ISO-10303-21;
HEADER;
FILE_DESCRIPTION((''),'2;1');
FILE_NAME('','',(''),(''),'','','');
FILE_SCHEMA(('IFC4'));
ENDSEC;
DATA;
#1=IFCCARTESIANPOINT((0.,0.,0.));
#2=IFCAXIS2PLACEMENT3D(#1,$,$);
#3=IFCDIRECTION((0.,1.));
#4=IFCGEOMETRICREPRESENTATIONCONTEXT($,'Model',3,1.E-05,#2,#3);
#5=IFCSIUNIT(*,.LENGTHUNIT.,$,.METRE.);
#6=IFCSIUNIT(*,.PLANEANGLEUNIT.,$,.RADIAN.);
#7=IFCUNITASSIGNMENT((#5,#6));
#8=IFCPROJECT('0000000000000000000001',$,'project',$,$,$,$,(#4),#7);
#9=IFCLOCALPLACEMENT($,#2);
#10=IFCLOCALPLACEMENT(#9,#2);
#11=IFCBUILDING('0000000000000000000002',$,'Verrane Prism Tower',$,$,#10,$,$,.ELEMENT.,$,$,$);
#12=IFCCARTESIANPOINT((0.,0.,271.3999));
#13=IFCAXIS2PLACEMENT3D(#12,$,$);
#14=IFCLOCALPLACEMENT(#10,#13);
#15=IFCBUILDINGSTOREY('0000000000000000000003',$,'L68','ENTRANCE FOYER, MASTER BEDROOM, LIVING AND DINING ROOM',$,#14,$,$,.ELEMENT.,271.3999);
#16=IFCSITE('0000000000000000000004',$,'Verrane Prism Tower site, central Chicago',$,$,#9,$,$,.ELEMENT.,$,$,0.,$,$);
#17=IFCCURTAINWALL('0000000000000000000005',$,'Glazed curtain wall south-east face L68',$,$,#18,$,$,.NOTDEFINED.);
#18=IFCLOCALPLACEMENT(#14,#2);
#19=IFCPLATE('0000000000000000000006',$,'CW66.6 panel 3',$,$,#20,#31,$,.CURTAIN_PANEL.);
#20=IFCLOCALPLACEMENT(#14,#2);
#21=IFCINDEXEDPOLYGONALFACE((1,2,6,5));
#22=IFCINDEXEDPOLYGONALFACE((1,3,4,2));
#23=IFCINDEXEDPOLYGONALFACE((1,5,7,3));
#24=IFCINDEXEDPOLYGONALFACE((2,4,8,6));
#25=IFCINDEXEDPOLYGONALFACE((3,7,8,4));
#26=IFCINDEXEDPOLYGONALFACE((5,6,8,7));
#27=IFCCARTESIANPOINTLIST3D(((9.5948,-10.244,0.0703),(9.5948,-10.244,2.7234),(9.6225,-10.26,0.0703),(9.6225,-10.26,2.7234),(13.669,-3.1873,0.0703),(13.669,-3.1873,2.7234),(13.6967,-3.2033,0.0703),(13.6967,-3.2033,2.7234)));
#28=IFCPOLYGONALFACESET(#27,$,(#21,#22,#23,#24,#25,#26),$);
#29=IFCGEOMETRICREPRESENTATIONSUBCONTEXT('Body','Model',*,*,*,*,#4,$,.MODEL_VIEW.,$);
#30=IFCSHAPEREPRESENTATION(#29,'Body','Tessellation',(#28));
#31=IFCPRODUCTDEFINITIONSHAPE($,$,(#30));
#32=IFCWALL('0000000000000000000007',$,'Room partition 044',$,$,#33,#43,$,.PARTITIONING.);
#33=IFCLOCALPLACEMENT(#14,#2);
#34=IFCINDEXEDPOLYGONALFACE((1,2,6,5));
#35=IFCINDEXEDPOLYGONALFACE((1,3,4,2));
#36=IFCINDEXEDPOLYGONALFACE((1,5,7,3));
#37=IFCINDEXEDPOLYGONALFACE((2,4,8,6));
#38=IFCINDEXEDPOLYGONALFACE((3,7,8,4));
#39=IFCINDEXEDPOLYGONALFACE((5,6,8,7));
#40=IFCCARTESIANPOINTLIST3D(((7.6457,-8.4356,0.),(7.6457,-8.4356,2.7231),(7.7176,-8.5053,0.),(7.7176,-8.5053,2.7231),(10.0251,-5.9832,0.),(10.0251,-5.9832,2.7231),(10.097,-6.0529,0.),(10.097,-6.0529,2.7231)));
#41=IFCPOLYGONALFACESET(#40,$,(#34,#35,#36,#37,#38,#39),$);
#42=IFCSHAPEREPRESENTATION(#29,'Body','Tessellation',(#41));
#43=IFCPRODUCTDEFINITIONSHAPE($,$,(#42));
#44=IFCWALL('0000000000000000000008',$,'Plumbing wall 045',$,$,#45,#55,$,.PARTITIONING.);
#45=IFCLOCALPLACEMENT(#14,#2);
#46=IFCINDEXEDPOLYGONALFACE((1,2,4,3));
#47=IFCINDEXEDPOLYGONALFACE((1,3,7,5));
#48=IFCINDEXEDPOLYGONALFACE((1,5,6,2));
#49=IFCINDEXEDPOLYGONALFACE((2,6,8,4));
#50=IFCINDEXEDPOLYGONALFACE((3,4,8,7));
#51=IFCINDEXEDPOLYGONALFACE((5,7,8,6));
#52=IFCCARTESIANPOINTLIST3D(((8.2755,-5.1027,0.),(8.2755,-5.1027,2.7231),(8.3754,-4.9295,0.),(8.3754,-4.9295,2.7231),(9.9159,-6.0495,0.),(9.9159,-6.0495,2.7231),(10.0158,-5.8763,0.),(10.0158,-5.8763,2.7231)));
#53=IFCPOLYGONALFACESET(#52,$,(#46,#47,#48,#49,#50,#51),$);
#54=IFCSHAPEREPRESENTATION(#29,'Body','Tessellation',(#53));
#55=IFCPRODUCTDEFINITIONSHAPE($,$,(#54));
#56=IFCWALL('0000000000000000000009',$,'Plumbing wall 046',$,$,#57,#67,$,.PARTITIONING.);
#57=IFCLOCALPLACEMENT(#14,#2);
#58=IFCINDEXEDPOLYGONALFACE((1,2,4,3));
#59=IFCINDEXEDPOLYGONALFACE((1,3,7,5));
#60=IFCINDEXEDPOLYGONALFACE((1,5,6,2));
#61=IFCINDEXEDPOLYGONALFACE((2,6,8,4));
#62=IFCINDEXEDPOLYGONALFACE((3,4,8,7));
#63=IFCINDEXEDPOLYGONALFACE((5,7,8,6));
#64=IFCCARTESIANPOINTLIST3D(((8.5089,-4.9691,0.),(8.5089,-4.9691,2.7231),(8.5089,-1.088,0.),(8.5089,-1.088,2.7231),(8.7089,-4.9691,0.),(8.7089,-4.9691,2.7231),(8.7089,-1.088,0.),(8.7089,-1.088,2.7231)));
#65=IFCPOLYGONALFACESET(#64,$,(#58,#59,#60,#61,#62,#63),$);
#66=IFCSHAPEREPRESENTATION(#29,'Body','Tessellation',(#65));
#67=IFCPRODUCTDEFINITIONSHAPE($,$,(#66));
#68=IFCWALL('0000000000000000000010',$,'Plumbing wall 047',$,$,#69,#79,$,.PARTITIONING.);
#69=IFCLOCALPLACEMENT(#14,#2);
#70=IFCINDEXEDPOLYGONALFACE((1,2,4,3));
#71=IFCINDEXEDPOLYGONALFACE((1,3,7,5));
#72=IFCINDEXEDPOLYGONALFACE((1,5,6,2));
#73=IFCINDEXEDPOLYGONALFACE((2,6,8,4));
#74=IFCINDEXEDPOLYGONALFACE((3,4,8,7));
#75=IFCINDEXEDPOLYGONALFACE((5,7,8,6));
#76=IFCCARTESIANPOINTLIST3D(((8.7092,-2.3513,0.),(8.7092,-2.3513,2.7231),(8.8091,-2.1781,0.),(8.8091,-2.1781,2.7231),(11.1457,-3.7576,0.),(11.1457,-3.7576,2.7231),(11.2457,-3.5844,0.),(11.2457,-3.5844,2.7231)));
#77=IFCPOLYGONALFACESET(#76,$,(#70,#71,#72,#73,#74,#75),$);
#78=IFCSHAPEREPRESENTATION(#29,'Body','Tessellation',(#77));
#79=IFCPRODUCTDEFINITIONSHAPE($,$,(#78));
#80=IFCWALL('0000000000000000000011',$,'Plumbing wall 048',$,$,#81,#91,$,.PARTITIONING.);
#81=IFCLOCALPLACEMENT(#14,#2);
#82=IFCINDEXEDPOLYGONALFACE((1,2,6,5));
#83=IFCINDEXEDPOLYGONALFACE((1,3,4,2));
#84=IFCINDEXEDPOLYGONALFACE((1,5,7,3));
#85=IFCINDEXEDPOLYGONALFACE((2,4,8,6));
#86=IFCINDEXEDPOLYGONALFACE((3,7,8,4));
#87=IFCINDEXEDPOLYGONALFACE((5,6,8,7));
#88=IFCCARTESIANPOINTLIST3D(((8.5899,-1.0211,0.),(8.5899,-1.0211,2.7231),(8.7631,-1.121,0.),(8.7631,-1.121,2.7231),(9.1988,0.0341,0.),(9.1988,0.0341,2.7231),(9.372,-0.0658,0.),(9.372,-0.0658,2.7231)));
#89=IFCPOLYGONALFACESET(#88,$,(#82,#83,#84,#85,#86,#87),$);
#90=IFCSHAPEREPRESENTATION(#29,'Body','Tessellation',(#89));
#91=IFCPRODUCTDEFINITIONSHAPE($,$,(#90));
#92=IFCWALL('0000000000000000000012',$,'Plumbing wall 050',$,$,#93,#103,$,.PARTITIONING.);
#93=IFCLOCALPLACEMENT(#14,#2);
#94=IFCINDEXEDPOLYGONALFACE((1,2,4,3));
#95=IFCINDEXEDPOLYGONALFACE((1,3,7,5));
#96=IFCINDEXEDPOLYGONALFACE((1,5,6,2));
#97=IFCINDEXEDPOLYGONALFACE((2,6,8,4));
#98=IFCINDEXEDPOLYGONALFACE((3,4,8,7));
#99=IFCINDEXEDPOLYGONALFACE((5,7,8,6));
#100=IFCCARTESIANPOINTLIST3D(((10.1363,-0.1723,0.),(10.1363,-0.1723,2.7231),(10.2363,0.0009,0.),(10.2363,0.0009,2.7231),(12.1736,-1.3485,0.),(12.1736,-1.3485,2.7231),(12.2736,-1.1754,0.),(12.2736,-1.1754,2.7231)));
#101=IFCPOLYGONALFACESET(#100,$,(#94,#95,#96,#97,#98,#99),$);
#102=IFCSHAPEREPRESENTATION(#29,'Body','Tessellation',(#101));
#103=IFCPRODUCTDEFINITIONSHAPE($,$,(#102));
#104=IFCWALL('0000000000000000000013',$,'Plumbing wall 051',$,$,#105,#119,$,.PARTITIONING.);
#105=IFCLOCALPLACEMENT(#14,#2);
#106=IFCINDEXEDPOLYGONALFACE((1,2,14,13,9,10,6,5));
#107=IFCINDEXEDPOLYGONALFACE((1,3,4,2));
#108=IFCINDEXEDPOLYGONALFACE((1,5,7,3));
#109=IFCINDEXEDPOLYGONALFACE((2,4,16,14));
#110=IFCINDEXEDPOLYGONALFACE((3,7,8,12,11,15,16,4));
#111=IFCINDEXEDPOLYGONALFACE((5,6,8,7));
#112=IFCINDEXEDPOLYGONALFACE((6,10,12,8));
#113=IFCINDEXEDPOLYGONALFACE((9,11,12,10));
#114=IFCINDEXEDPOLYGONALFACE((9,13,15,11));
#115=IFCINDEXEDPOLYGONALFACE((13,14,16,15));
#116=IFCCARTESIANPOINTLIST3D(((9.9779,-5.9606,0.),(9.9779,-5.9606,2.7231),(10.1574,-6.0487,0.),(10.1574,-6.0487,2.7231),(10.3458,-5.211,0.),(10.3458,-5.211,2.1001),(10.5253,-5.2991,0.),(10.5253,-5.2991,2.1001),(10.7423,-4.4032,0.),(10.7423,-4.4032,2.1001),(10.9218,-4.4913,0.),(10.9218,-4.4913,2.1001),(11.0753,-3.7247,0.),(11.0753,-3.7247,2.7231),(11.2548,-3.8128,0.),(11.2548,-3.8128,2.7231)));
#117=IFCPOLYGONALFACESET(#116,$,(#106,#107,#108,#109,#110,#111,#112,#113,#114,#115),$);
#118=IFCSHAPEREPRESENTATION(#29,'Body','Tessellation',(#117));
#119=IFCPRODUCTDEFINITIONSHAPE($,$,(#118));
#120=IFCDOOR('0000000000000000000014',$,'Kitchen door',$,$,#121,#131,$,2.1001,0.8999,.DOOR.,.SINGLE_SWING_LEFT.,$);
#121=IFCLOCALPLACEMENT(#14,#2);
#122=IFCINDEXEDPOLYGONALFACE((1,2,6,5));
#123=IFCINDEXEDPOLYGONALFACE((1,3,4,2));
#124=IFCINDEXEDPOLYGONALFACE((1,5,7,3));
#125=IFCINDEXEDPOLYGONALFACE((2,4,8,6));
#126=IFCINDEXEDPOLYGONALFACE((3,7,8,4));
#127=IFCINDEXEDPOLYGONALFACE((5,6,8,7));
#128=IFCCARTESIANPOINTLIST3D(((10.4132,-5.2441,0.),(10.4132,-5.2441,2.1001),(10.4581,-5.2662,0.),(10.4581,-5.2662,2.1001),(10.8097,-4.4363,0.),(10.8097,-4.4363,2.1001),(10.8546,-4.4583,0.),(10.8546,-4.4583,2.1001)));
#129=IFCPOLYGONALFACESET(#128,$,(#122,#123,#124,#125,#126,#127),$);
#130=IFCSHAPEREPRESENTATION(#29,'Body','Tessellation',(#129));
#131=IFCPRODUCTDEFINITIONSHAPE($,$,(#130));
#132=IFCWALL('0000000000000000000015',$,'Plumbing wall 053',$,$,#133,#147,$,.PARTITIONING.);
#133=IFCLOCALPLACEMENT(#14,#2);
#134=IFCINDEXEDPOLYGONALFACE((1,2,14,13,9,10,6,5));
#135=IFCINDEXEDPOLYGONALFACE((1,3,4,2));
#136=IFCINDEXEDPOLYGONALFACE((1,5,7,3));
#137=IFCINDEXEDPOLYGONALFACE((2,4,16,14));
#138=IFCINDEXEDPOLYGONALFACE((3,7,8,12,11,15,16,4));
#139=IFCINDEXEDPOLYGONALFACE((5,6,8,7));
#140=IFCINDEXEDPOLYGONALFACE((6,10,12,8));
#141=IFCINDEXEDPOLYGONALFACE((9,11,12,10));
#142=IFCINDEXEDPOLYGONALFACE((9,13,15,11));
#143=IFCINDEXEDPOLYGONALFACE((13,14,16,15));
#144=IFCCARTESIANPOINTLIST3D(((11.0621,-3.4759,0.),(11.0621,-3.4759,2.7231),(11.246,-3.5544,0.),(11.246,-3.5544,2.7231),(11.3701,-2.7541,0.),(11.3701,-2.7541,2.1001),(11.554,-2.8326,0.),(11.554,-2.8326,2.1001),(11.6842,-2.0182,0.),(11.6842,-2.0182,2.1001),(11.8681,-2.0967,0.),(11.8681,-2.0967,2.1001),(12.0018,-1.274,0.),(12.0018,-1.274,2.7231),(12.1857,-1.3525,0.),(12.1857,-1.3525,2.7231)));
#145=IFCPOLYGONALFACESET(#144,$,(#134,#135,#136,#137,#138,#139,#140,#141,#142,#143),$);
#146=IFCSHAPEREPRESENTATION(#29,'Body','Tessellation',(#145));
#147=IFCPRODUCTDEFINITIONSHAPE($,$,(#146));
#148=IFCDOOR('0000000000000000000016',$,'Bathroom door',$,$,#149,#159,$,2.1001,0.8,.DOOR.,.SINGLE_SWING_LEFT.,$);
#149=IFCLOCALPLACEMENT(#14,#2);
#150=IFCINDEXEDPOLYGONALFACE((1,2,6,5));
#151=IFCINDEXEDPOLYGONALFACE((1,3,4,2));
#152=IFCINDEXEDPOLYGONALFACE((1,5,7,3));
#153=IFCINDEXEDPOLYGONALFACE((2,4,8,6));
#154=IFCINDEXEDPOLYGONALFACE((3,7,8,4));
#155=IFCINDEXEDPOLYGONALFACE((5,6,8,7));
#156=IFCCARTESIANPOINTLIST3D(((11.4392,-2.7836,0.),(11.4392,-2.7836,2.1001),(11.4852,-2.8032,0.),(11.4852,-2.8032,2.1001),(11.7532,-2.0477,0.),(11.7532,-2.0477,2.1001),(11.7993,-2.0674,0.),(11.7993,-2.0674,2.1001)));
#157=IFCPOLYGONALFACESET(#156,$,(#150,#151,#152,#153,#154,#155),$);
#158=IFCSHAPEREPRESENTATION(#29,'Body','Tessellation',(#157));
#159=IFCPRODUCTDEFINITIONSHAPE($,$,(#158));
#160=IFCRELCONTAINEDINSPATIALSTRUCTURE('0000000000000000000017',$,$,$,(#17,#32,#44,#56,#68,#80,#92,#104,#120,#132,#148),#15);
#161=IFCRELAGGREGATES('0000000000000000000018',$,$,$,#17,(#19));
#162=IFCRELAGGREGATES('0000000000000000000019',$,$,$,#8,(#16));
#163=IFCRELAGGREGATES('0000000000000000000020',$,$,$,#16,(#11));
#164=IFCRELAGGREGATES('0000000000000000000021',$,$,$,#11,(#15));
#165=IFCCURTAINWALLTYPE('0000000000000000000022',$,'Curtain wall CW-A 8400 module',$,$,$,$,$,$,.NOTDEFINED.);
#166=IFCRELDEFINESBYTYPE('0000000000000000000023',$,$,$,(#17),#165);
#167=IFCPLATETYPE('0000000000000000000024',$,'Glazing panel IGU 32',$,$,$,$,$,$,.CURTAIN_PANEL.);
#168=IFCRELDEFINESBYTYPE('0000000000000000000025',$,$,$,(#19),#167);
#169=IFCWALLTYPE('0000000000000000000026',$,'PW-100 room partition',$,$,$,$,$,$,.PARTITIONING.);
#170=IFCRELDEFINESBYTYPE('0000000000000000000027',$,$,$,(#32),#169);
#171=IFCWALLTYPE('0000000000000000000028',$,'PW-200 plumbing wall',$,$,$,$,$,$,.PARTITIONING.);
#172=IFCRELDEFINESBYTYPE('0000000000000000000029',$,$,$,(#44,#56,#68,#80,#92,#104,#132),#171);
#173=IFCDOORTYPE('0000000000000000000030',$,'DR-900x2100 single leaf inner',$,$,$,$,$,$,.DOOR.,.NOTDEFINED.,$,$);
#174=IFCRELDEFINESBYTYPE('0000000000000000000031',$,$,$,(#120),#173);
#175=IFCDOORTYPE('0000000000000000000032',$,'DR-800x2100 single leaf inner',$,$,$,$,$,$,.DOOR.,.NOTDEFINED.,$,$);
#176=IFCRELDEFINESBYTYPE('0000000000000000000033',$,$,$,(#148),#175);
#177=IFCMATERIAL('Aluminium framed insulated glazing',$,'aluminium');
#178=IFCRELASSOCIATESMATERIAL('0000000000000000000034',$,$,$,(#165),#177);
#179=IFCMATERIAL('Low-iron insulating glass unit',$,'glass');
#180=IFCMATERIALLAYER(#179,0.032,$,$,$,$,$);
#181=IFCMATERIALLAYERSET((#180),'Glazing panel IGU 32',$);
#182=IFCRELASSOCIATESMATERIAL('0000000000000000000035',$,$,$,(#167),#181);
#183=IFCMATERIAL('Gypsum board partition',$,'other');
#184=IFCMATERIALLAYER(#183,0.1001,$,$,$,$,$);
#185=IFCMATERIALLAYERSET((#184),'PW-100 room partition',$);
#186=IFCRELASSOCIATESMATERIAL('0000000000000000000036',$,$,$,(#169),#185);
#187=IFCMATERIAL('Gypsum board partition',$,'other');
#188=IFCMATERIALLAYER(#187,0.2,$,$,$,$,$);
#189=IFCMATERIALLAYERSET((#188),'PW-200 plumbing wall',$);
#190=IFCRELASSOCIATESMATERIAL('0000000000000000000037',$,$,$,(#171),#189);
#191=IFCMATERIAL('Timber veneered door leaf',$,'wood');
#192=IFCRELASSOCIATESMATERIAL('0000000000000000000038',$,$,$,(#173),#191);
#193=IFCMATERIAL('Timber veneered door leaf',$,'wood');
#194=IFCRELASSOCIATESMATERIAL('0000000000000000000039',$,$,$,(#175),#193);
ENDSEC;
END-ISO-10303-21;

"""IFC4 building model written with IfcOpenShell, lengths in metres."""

from ifc_helpers import new_model, si_unit, direction, frame, frame_2d, origin, origin_2d, place, context, subcontext, project, spatial, rectangle, extrude, material, layer, layer_set, type_object, element, fill, aggregate, save


model = new_model("IFC4")

# Units and contexts
model_context = context("Model", 3, precision=1e-05, world=origin(), true_north=direction((0.0, 1.0)))
body_context = subcontext(model_context, "Body", "Model", "MODEL_VIEW")
ifc_project = project(units=[si_unit("LENGTHUNIT", "METRE"), si_unit("PLANEANGLEUNIT", "RADIAN")], contexts=[model_context])

# Site, building, storey
site_placement = place(None, origin())
site = spatial("IfcSite", under=ifc_project, at=site_placement, Name="Verrane Prism Tower site, central Chicago", CompositionType="ELEMENT", RefElevation=0.0)
building_placement = place(site_placement, origin())
building = spatial("IfcBuilding", under=site, at=building_placement, Name="Verrane Prism Tower", CompositionType="ELEMENT")
storey_placement = place(building_placement, frame((0.0, 0.0, 271.3999)))
storey = spatial("IfcBuildingStorey", under=building, at=storey_placement, Name="L68", Description="ENTRANCE FOYER, MASTER BEDROOM, LIVING AND DINING ROOM", CompositionType="ELEMENT", Elevation=271.3999)

# Curtain wall
ifc_material_1 = material(Name="Aluminium framed insulated glazing", Category="aluminium")
curtain_wall_type = type_object("IfcCurtainWallType", Name="Curtain wall CW-A 8400 module", PredefinedType="NOTDEFINED", material=ifc_material_1)
curtain_wall_placement = place(storey_placement, origin())
curtain_wall = element("IfcCurtainWall", 1, at=curtain_wall_placement, inside=storey, type_object=curtain_wall_type, Name="Glazed curtain wall south-east face L68", PredefinedType="NOTDEFINED")

# Plate
ifc_material_2 = material(Name="Low-iron insulating glass unit", Category="glass")
ifc_layer_1 = layer(ifc_material_2, 0.032)
ifc_layer_set_1 = layer_set([ifc_layer_1], Name="Glazing panel IGU 32")
plate_type = type_object("IfcPlateType", Name="Glazing panel IGU 32", PredefinedType="CURTAIN_PANEL", material=ifc_layer_set_1)
plate_placement = place(storey_placement, frame((11.6458, -6.7236, 0.0703), z_axis=(0.0, 0.0, 1.0), x_axis=(0.500001, 0.866025, 0.0)))
plate = element("IfcPlate", 2, at=plate_placement, type_object=plate_type, Name="CW66.6 panel 3", PredefinedType="CURTAIN_PANEL", context=body_context, shape_type="SweptSolid", body=[
    extrude(rectangle(XDim=8.1484, YDim=0.032, at=origin_2d()), origin(), (0.0, 0.0, 1.0), 2.6531),
])
aggregate(curtain_wall, [plate])

# Walls
ifc_material_3 = material(Name="Gypsum board partition", Category="other")
ifc_layer_2 = layer(ifc_material_3, 0.1001)
ifc_layer_set_2 = layer_set([ifc_layer_2], Name="PW-100 room partition")
wall_type_1 = type_object("IfcWallType", Name="PW-100 room partition", PredefinedType="PARTITIONING", material=ifc_layer_set_2)
wall_1_placement = place(storey_placement, frame((7.6816, -8.4705, 0.0), z_axis=(0.0, 0.0, 1.0), x_axis=(0.696344, 0.717708, 0.0)))
element("IfcWall", 3, at=wall_1_placement, inside=storey, type_object=wall_type_1, Name="Room partition 044", PredefinedType="PARTITIONING", context=body_context, shape_type="SweptSolid", body=[
    extrude(rectangle(XDim=3.417, YDim=0.1001, at=frame_2d((1.7085, 0.0))), origin(), (0.0, 0.0, 1.0), 2.7231),
])
ifc_material_4 = material(Name="Gypsum board partition", Category="other")
ifc_layer_3 = layer(ifc_material_4, 0.2)
ifc_layer_set_3 = layer_set([ifc_layer_3], Name="PW-200 plumbing wall")
wall_type_2 = type_object("IfcWallType", Name="PW-200 plumbing wall", PredefinedType="PARTITIONING", material=ifc_layer_set_3)
wall_2_placement = place(storey_placement, frame((8.3254, -5.0161, 0.0), z_axis=(0.0, 0.0, 1.0), x_axis=(0.866093, -0.499882, 0.0)))
element("IfcWall", 4, at=wall_2_placement, inside=storey, type_object=wall_type_2, Name="Plumbing wall 045", PredefinedType="PARTITIONING", context=body_context, shape_type="SweptSolid", body=[
    extrude(rectangle(XDim=1.894, YDim=0.2, at=frame_2d((0.947, 0.0))), origin(), (0.0, 0.0, 1.0), 2.7231),
])
wall_3_placement = place(storey_placement, frame((8.6089, -4.969, 0.0), z_axis=(0.0, 0.0, 1.0), x_axis=(0.0, 1.0, 0.0)))
element("IfcWall", 5, at=wall_3_placement, inside=storey, type_object=wall_type_2, Name="Plumbing wall 046", PredefinedType="PARTITIONING", context=body_context, shape_type="SweptSolid", body=[
    extrude(rectangle(XDim=3.8811, YDim=0.2, at=frame_2d((1.9404, 0.0))), origin(), (0.0, 0.0, 1.0), 2.7231),
])
wall_4_placement = place(storey_placement, frame((8.759, -2.2646, 0.0), z_axis=(0.0, 0.0, 1.0), x_axis=(0.866099, -0.499873, 0.0)))
element("IfcWall", 6, at=wall_4_placement, inside=storey, type_object=wall_type_2, Name="Plumbing wall 047", PredefinedType="PARTITIONING", context=body_context, shape_type="SweptSolid", body=[
    extrude(rectangle(XDim=2.8132, YDim=0.2, at=frame_2d((1.4067, 0.0))), origin(), (0.0, 0.0, 1.0), 2.7231),
])
wall_5_placement = place(storey_placement, frame((8.6765, -1.071, 0.0), z_axis=(0.0, 0.0, 1.0), x_axis=(0.499803, 0.866139, 0.0)))
element("IfcWall", 7, at=wall_5_placement, inside=storey, type_object=wall_type_2, Name="Plumbing wall 048", PredefinedType="PARTITIONING", context=body_context, shape_type="SweptSolid", body=[
    extrude(rectangle(XDim=1.2183, YDim=0.2, at=frame_2d((0.6091, 0.0))), origin(), (0.0, 0.0, 1.0), 2.7231),
])
wall_6_placement = place(storey_placement, frame((10.1863, -0.0857, 0.0), z_axis=(0.0, 0.0, 1.0), x_axis=(0.866025, -0.500001, 0.0)))
element("IfcWall", 8, at=wall_6_placement, inside=storey, type_object=wall_type_2, Name="Plumbing wall 050", PredefinedType="PARTITIONING", context=body_context, shape_type="SweptSolid", body=[
    extrude(rectangle(XDim=2.3525, YDim=0.2, at=frame_2d((1.1763, 0.0))), origin(), (0.0, 0.0, 1.0), 2.7231),
])

# Walls, openings, doors
wall_7_placement = place(storey_placement, frame((10.0676, -6.0046, 0.0), z_axis=(0.0, 0.0, 1.0), x_axis=(0.440614, 0.897697, 0.0)))
wall_7 = element("IfcWall", 9, at=wall_7_placement, inside=storey, type_object=wall_type_2, Name="Plumbing wall 051", PredefinedType="PARTITIONING", context=body_context, shape_type="SweptSolid", body=[
    extrude(rectangle(XDim=2.4907, YDim=0.2, at=frame_2d((1.2454, 0.0))), origin(), (0.0, 0.0, 1.0), 2.7231),
])
opening_1_placement = place(wall_7_placement, frame((0.835, 0.0, 0.0)))
opening_1 = element("IfcOpeningElement", 10, at=opening_1_placement, cuts=wall_7, PredefinedType="OPENING", context=body_context, shape_type="SweptSolid", body=[
    extrude(rectangle(XDim=0.8999, YDim=2.1001, at=frame_2d((0.45, 1.05))), frame((0.0, 0.1099, 0.0), z_axis=(0.0, -1.0, 0.0), x_axis=(1.0, 0.0, 0.0)), (0.0, 0.0, 1.0), 0.22),
])
ifc_material_5 = material(Name="Timber veneered door leaf", Category="wood")
door_type_1 = type_object("IfcDoorType", Name="DR-900x2100 single leaf inner", OperationType="NOTDEFINED", PredefinedType="DOOR", material=ifc_material_5)
door_1_placement = place(opening_1_placement, origin())
door_1 = element("IfcDoor", 11, at=door_1_placement, inside=storey, type_object=door_type_1, Name="Kitchen door", OperationType="SINGLE_SWING_LEFT", OverallHeight=2.1001, OverallWidth=0.8999, PredefinedType="DOOR", context=body_context, shape_type="SweptSolid", body=[
    extrude(rectangle(XDim=0.8999, YDim=2.1001, at=frame_2d((0.45, 1.05))), frame((0.0, 0.0249, 0.0), z_axis=(0.0, -1.0, 0.0), x_axis=(1.0, 0.0, 0.0)), (0.0, 0.0, 1.0), 0.05),
])
fill(opening_1, door_1)
wall_8_placement = place(storey_placement, frame((11.1541, -3.5151, 0.0), z_axis=(0.0, 0.0, 1.0), x_axis=(0.392516, 0.919745, 0.0)))
wall_8 = element("IfcWall", 12, at=wall_8_placement, inside=storey, type_object=wall_type_2, Name="Plumbing wall 053", PredefinedType="PARTITIONING", context=body_context, shape_type="SweptSolid", body=[
    extrude(rectangle(XDim=2.394, YDim=0.2, at=frame_2d((1.197, 0.0))), origin(), (0.0, 0.0, 1.0), 2.7231),
])
opening_2_placement = place(wall_8_placement, frame((0.7849, 0.0, 0.0)))
opening_2 = element("IfcOpeningElement", 13, at=opening_2_placement, cuts=wall_8, PredefinedType="OPENING", context=body_context, shape_type="SweptSolid", body=[
    extrude(rectangle(XDim=0.8, YDim=2.1001, at=frame_2d((0.3999, 1.05))), frame((0.0, 0.1099, 0.0), z_axis=(0.0, -1.0, 0.0), x_axis=(1.0, 0.0, 0.0)), (0.0, 0.0, 1.0), 0.22),
])
ifc_material_6 = material(Name="Timber veneered door leaf", Category="wood")
door_type_2 = type_object("IfcDoorType", Name="DR-800x2100 single leaf inner", OperationType="NOTDEFINED", PredefinedType="DOOR", material=ifc_material_6)
door_2_placement = place(opening_2_placement, origin())
door_2 = element("IfcDoor", 14, at=door_2_placement, inside=storey, type_object=door_type_2, Name="Bathroom door", OperationType="SINGLE_SWING_LEFT", OverallHeight=2.1001, OverallWidth=0.8, PredefinedType="DOOR", context=body_context, shape_type="SweptSolid", body=[
    extrude(rectangle(XDim=0.8, YDim=2.1001, at=frame_2d((0.3999, 1.05))), frame((0.0, 0.0249, 0.0), z_axis=(0.0, -1.0, 0.0), x_axis=(1.0, 0.0, 0.0)), (0.0, 0.0, 1.0), 0.05),
])
fill(opening_2, door_2)

save(model, "model.ifc")
